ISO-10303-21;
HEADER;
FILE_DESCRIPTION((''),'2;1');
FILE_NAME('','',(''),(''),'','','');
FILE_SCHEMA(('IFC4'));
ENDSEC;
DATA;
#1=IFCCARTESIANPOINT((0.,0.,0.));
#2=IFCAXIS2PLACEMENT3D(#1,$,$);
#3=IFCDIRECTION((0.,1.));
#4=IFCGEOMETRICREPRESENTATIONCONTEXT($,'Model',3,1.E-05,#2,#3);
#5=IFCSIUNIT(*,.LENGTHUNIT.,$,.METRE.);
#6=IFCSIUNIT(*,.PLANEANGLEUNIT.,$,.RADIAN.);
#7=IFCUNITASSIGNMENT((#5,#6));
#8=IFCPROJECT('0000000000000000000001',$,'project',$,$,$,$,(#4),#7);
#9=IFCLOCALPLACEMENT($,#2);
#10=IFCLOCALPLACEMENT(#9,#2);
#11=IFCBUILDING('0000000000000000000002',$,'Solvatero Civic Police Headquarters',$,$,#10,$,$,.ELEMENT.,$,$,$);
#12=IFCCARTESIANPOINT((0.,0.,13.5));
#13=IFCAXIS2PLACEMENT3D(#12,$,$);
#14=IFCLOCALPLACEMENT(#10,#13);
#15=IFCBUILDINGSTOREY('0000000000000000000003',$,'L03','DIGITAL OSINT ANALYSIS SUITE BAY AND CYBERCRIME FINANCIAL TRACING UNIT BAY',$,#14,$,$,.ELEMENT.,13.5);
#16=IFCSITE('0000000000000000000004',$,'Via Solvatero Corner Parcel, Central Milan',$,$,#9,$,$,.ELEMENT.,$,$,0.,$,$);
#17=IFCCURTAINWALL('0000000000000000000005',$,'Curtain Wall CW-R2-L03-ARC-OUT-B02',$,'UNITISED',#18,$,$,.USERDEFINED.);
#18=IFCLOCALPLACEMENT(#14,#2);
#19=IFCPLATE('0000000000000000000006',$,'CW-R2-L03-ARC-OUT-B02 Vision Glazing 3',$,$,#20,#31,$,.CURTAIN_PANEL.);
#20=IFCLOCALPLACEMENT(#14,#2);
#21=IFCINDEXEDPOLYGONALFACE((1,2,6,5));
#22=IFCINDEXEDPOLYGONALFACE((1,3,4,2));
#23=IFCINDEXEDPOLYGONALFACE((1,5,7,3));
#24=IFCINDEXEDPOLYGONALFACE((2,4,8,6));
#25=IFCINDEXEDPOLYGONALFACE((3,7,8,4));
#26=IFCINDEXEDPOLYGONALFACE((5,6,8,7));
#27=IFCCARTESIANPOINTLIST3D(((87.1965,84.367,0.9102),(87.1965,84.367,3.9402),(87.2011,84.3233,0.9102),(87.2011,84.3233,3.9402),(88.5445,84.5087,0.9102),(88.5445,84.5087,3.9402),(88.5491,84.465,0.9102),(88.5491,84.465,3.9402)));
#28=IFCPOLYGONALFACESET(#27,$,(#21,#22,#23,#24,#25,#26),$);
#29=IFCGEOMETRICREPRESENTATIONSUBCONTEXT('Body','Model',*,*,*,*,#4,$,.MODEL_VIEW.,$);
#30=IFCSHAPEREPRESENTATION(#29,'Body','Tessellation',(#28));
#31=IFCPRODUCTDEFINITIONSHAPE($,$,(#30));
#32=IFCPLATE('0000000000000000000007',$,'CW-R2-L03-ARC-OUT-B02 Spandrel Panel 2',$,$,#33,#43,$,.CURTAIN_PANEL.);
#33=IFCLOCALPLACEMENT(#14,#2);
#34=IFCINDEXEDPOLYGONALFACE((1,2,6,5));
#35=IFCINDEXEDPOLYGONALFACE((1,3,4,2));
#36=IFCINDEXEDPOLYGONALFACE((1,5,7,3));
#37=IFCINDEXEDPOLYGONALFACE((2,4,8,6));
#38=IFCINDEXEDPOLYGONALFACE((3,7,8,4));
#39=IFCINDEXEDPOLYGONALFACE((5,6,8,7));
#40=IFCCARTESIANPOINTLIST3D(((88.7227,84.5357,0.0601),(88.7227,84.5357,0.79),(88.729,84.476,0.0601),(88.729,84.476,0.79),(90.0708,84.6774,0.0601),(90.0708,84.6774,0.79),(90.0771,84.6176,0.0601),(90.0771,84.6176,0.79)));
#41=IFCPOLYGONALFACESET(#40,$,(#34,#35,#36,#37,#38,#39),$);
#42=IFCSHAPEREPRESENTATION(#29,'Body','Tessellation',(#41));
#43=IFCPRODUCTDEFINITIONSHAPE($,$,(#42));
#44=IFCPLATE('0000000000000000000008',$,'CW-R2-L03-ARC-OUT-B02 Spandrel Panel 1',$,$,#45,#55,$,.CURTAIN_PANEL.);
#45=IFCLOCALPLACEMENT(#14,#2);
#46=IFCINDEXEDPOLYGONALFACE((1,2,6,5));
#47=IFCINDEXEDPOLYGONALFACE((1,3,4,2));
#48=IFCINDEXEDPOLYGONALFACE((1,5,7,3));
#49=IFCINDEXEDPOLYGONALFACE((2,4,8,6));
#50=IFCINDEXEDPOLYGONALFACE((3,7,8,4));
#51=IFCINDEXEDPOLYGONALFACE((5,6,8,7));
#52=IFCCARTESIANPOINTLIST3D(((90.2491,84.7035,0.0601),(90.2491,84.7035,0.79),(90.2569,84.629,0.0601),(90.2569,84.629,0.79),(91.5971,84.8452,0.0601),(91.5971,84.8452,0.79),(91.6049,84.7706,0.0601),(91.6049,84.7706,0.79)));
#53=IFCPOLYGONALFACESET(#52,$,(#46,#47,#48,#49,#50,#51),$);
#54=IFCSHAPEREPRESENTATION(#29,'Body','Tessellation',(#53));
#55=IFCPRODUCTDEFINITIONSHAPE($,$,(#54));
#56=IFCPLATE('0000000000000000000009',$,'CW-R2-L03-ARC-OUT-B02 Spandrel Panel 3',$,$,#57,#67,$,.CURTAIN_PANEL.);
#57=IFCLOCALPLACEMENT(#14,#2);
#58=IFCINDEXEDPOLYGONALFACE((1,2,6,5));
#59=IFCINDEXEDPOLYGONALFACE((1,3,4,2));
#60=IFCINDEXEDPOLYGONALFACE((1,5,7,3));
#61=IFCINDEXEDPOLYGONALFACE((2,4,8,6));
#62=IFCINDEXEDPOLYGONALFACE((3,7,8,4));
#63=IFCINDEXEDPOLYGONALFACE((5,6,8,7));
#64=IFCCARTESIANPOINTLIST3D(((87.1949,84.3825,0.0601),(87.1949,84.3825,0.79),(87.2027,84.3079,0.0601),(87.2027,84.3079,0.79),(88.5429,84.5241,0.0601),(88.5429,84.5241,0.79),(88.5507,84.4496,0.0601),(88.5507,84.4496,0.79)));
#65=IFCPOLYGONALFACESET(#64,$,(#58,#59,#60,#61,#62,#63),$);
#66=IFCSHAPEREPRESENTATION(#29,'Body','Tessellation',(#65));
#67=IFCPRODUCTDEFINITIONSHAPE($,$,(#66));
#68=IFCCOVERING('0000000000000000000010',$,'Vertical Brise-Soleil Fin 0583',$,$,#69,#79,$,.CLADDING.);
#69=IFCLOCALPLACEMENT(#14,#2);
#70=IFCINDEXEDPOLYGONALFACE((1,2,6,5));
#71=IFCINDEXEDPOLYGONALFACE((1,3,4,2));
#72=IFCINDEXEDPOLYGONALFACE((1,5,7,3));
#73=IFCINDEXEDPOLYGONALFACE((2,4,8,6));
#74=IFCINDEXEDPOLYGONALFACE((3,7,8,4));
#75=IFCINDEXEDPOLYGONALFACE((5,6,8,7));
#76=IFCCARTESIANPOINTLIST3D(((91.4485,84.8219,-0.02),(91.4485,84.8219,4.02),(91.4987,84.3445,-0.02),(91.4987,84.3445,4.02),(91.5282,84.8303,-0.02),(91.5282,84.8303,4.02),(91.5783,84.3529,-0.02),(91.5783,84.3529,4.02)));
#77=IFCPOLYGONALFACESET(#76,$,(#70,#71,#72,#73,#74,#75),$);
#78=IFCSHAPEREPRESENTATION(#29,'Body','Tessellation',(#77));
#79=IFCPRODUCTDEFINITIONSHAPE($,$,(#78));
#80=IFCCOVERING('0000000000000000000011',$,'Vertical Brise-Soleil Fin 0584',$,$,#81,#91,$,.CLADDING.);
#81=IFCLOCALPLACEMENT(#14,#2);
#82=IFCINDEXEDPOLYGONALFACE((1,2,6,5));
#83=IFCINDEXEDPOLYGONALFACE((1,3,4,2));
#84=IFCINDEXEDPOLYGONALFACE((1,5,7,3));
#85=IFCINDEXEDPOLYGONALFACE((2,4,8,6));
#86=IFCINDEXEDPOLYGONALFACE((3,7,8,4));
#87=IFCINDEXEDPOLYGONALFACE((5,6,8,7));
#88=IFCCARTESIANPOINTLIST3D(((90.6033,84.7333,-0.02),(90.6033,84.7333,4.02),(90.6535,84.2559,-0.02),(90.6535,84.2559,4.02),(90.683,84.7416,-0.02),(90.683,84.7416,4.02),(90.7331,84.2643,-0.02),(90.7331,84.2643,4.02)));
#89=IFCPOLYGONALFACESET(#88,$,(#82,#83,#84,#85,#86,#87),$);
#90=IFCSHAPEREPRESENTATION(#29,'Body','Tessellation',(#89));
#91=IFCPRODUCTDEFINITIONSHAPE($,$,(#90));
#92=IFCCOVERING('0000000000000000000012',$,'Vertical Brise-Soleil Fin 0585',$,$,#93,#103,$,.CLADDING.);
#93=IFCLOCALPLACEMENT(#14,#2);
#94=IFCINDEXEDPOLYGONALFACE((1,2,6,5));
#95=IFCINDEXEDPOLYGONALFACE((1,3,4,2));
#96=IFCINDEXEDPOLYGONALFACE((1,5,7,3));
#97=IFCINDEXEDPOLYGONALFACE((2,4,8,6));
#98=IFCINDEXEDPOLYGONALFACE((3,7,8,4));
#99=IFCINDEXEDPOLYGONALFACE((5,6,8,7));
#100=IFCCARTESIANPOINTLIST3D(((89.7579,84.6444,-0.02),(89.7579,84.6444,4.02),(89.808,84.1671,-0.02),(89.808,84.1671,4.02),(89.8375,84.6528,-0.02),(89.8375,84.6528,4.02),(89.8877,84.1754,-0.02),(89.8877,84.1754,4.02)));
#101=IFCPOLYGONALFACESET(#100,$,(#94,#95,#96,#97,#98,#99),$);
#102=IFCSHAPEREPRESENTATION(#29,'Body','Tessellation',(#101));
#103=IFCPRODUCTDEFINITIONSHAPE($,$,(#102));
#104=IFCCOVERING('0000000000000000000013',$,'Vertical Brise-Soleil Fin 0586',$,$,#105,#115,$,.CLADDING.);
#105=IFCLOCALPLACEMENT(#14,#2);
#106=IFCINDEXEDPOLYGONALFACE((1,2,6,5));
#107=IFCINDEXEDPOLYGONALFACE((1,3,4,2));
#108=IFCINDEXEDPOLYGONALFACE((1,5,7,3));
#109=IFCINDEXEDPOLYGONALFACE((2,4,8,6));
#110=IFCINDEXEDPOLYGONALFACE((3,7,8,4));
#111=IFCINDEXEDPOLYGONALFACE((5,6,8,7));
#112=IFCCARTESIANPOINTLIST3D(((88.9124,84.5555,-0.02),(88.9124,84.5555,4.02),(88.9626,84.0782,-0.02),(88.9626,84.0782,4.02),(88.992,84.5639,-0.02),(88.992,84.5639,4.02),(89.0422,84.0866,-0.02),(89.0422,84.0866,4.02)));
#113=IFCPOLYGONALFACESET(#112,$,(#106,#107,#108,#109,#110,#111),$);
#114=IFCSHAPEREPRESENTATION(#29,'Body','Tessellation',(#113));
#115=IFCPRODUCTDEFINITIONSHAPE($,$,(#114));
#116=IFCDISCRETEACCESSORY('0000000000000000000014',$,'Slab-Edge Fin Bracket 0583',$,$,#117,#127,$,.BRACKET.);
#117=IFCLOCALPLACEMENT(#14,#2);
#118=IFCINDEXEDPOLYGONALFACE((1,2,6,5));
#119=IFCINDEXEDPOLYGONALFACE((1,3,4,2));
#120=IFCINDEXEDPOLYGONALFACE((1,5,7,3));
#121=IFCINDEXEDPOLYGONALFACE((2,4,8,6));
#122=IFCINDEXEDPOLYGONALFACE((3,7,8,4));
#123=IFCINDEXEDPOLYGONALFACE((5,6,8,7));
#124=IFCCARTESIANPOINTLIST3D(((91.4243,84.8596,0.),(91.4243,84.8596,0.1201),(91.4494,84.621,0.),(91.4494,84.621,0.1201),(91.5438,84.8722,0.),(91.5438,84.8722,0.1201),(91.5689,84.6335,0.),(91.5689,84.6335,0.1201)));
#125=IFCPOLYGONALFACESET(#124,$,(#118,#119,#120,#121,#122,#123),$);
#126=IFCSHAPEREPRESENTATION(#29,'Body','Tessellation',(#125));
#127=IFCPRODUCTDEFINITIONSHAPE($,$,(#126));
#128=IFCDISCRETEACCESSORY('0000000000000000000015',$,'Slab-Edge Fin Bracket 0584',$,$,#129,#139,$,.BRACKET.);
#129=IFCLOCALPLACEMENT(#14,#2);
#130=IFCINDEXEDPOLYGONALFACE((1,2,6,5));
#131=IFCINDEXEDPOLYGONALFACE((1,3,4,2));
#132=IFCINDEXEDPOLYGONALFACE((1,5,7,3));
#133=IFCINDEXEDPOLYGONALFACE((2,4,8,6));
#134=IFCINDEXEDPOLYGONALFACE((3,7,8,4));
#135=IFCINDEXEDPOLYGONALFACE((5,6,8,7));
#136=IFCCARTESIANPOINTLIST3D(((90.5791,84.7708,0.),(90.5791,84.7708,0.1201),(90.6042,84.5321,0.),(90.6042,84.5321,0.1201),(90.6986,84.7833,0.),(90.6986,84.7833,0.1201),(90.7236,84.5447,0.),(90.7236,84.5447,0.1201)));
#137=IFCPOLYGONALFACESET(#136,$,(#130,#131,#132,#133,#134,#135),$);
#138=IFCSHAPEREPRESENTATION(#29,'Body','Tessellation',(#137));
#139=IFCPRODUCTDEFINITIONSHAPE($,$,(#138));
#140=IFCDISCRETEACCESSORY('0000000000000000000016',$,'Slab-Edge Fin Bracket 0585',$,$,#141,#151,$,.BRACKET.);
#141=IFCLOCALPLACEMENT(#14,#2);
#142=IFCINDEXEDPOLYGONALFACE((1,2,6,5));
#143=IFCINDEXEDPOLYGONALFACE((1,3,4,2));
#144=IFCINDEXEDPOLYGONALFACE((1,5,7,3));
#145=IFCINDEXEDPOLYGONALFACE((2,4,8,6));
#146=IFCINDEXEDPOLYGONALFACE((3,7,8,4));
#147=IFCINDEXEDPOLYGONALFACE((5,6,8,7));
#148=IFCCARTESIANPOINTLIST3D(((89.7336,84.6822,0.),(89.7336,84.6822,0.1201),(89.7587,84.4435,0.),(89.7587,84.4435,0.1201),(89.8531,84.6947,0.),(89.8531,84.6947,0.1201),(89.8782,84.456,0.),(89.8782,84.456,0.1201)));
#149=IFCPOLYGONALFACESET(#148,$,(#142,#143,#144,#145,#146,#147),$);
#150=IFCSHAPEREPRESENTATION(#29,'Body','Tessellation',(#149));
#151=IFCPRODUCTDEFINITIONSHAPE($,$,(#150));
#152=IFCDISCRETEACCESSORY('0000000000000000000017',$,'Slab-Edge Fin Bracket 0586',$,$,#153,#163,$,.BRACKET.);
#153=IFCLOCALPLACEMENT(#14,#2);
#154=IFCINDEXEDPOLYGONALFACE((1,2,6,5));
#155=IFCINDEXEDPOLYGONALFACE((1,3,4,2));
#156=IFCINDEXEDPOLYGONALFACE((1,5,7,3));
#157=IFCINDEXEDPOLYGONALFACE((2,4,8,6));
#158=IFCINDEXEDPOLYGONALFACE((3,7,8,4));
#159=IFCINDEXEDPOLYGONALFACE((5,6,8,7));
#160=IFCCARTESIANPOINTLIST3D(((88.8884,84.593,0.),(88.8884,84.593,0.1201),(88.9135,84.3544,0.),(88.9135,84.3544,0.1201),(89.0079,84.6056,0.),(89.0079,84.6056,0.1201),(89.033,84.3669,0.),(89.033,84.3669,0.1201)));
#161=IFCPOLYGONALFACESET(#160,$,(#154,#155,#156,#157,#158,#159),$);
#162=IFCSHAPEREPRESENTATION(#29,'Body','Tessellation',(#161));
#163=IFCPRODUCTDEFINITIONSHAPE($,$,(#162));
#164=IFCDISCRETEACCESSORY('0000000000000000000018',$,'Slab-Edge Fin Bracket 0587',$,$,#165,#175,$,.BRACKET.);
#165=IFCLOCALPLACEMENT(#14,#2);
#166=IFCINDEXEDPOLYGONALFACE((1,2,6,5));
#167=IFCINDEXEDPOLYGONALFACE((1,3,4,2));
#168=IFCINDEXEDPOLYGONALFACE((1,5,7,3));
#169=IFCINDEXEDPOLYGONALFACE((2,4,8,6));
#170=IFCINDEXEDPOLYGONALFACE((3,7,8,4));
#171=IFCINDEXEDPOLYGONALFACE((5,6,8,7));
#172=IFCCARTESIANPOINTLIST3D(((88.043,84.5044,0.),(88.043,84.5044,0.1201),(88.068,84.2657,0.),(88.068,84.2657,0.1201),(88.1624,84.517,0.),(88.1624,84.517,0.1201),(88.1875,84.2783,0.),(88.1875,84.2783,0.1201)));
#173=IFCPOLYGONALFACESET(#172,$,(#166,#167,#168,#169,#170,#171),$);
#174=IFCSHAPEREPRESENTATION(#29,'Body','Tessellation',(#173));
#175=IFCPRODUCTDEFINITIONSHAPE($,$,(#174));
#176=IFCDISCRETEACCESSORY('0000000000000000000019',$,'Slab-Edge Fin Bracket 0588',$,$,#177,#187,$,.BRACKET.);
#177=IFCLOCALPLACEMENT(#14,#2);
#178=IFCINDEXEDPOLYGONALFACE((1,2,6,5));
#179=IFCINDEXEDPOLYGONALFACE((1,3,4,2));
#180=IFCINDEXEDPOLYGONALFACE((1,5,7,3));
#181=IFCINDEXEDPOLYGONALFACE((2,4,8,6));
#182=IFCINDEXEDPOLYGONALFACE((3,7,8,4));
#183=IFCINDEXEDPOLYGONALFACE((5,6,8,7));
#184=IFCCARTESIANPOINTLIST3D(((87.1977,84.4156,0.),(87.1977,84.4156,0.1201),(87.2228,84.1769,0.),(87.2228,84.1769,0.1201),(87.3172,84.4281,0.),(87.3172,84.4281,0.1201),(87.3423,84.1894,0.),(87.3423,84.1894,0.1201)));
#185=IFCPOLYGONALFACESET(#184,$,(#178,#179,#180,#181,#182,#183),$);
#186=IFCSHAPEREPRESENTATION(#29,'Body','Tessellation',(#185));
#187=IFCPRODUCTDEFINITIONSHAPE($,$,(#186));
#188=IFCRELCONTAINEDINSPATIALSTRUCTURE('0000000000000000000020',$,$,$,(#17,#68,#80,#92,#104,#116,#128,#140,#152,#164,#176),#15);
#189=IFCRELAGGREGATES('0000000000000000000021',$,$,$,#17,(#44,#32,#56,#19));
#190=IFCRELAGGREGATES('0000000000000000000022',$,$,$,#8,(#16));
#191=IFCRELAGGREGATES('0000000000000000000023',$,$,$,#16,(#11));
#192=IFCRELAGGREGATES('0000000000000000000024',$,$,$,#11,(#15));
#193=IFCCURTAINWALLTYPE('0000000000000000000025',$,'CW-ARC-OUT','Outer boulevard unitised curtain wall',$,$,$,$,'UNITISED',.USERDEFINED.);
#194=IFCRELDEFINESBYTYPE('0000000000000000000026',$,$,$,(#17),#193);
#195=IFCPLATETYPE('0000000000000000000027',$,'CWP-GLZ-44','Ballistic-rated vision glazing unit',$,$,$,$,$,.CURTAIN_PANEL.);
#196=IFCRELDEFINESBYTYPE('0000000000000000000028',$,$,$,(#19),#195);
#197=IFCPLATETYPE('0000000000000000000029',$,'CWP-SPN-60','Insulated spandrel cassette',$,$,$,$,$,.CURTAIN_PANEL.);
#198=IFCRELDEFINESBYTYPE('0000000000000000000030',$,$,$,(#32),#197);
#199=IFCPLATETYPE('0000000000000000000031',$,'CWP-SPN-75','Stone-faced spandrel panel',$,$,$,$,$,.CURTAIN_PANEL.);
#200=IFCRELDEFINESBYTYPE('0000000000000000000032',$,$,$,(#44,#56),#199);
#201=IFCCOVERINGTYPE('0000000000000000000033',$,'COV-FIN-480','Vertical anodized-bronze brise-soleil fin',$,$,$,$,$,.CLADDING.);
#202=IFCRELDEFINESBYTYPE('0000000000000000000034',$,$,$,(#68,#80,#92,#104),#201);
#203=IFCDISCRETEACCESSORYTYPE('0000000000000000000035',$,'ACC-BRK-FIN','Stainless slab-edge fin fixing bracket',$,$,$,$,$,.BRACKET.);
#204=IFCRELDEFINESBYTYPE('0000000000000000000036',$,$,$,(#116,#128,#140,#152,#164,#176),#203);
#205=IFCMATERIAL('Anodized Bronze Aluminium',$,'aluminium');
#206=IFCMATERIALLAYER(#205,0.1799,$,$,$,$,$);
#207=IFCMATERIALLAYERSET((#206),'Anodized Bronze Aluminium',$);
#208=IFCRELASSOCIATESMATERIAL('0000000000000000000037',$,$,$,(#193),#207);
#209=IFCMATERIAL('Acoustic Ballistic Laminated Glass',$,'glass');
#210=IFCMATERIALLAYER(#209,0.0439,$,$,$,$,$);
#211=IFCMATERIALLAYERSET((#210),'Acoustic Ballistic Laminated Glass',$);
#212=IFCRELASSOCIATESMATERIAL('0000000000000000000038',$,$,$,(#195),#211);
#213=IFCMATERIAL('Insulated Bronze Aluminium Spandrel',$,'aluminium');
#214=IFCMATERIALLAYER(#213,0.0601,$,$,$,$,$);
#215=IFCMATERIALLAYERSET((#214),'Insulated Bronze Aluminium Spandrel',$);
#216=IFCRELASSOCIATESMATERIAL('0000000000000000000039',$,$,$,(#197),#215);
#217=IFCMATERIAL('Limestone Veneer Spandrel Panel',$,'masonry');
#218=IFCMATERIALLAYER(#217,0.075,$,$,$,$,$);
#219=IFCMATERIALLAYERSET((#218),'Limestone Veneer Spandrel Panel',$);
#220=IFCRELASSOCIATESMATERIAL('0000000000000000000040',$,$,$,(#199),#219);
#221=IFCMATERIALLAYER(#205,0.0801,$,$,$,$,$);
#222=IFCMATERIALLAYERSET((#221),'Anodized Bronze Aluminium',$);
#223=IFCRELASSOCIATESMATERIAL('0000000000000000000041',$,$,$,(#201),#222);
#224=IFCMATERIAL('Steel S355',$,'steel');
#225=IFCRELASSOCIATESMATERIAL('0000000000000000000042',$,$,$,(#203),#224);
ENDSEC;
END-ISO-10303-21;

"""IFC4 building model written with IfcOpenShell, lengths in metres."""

from ifc_helpers import new_model, si_unit, direction, frame, origin, origin_2d, place, context, subcontext, project, spatial, rectangle, extrude, material, layer, layer_set, type_object, element, aggregate, save


model = new_model("IFC4")

# Units and contexts
model_context = context("Model", 3, precision=1e-05, world=origin(), true_north=direction((0.0, 1.0)))
body_context = subcontext(model_context, "Body", "Model", "MODEL_VIEW")
ifc_project = project(units=[si_unit("LENGTHUNIT", "METRE"), si_unit("PLANEANGLEUNIT", "RADIAN")], contexts=[model_context])

# Site, building, storey
site_placement = place(None, origin())
site = spatial("IfcSite", under=ifc_project, at=site_placement, Name="Via Solvatero Corner Parcel, Central Milan", CompositionType="ELEMENT", RefElevation=0.0)
building_placement = place(site_placement, origin())
building = spatial("IfcBuilding", under=site, at=building_placement, Name="Solvatero Civic Police Headquarters", CompositionType="ELEMENT")
storey_placement = place(building_placement, frame((0.0, 0.0, 13.5)))
storey = spatial("IfcBuildingStorey", under=building, at=storey_placement, Name="L03", Description="DIGITAL OSINT ANALYSIS SUITE BAY AND CYBERCRIME FINANCIAL TRACING UNIT BAY", CompositionType="ELEMENT", Elevation=13.5)

# Shared definitions
ifc_material_1 = material(Name="Steel S355", Category="steel")

# Curtain wall, plates
ifc_material_2 = material(Name="Anodized Bronze Aluminium", Category="aluminium")
ifc_layer_1 = layer(ifc_material_2, 0.1799)
ifc_layer_set_1 = layer_set([ifc_layer_1], Name="Anodized Bronze Aluminium")
curtain_wall_type = type_object("IfcCurtainWallType", Name="CW-ARC-OUT", Description="Outer boulevard unitised curtain wall", ElementType="UNITISED", PredefinedType="USERDEFINED", material=ifc_layer_set_1)
curtain_wall_placement = place(storey_placement, origin())
curtain_wall = element("IfcCurtainWall", 1, at=curtain_wall_placement, inside=storey, type_object=curtain_wall_type, Name="Curtain Wall CW-R2-L03-ARC-OUT-B02", ObjectType="UNITISED", PredefinedType="USERDEFINED")
ifc_material_3 = material(Name="Acoustic Ballistic Laminated Glass", Category="glass")
ifc_layer_2 = layer(ifc_material_3, 0.0439)
ifc_layer_set_2 = layer_set([ifc_layer_2], Name="Acoustic Ballistic Laminated Glass")
plate_type_1 = type_object("IfcPlateType", Name="CWP-GLZ-44", Description="Ballistic-rated vision glazing unit", PredefinedType="CURTAIN_PANEL", material=ifc_layer_set_2)
plate_1_placement = place(storey_placement, frame((87.8728, 84.416, 0.9102), z_axis=(0.0, 0.0, 1.0), x_axis=(-0.994524, -0.104511, 0.0)))
plate_1 = element("IfcPlate", 2, at=plate_1_placement, type_object=plate_type_1, Name="CW-R2-L03-ARC-OUT-B02 Vision Glazing 3", PredefinedType="CURTAIN_PANEL", context=body_context, shape_type="SweptSolid", body=[
    extrude(rectangle(XDim=1.3555, YDim=0.0439, at=origin_2d()), origin(), (0.0, 0.0, 1.0), 3.03),
])
ifc_material_4 = material(Name="Insulated Bronze Aluminium Spandrel", Category="aluminium")
ifc_layer_3 = layer(ifc_material_4, 0.0601)
ifc_layer_set_3 = layer_set([ifc_layer_3], Name="Insulated Bronze Aluminium Spandrel")
plate_type_2 = type_object("IfcPlateType", Name="CWP-SPN-60", Description="Insulated spandrel cassette", PredefinedType="CURTAIN_PANEL", material=ifc_layer_set_3)
plate_2_placement = place(storey_placement, frame((89.3999, 84.5767, 0.0601), z_axis=(0.0, 0.0, 1.0), x_axis=(-0.994524, -0.104511, 0.0)))
plate_2 = element("IfcPlate", 3, at=plate_2_placement, type_object=plate_type_2, Name="CW-R2-L03-ARC-OUT-B02 Spandrel Panel 2", PredefinedType="CURTAIN_PANEL", context=body_context, shape_type="SweptSolid", body=[
    extrude(rectangle(XDim=1.3555, YDim=0.0601, at=origin_2d()), origin(), (0.0, 0.0, 1.0), 0.73),
])
ifc_material_5 = material(Name="Limestone Veneer Spandrel Panel", Category="masonry")
ifc_layer_4 = layer(ifc_material_5, 0.075)
ifc_layer_set_4 = layer_set([ifc_layer_4], Name="Limestone Veneer Spandrel Panel")
plate_type_3 = type_object("IfcPlateType", Name="CWP-SPN-75", Description="Stone-faced spandrel panel", PredefinedType="CURTAIN_PANEL", material=ifc_layer_set_4)
plate_3_placement = place(storey_placement, frame((90.927, 84.7371, 0.0601), z_axis=(0.0, 0.0, 1.0), x_axis=(-0.994524, -0.104511, 0.0)))
plate_3 = element("IfcPlate", 4, at=plate_3_placement, type_object=plate_type_3, Name="CW-R2-L03-ARC-OUT-B02 Spandrel Panel 1", PredefinedType="CURTAIN_PANEL", context=body_context, shape_type="SweptSolid", body=[
    extrude(rectangle(XDim=1.3555, YDim=0.075, at=origin_2d()), origin(), (0.0, 0.0, 1.0), 0.73),
])
plate_4_placement = place(storey_placement, frame((87.8728, 84.416, 0.0601), z_axis=(0.0, 0.0, 1.0), x_axis=(-0.994524, -0.104511, 0.0)))
plate_4 = element("IfcPlate", 5, at=plate_4_placement, type_object=plate_type_3, Name="CW-R2-L03-ARC-OUT-B02 Spandrel Panel 3", PredefinedType="CURTAIN_PANEL", context=body_context, shape_type="SweptSolid", body=[
    extrude(rectangle(XDim=1.3555, YDim=0.075, at=origin_2d()), origin(), (0.0, 0.0, 1.0), 0.73),
])
aggregate(curtain_wall, [plate_3, plate_2, plate_4, plate_1])

# Coverings
ifc_layer_5 = layer(ifc_material_2, 0.0801)
ifc_layer_set_5 = layer_set([ifc_layer_5], Name="Anodized Bronze Aluminium")
covering_type = type_object("IfcCoveringType", Name="COV-FIN-480", Description="Vertical anodized-bronze brise-soleil fin", PredefinedType="CLADDING", material=ifc_layer_set_5)
for number, where, z_axis, x_axis, name in (
    (6, (91.5134, 84.5874, -0.02), (0.0, 0.0, 1.0), (-0.994524, -0.104511, 0.0), "Vertical Brise-Soleil Fin 0583"),
    (7, (90.6682, 84.4988, -0.02), (0.0, 0.0, 1.0), (-0.994524, -0.104511, 0.0), "Vertical Brise-Soleil Fin 0584"),
    (8, (89.8228, 84.4099, -0.02), (0.0, 0.0, 1.0), (-0.994524, -0.104511, 0.0), "Vertical Brise-Soleil Fin 0585"),
    (9, (88.9773, 84.321, -0.02), (0.0, 0.0, 1.0), (-0.994524, -0.104511, 0.0), "Vertical Brise-Soleil Fin 0586"),
):
    element("IfcCovering", number, at=place(storey_placement, frame(where, z_axis=z_axis, x_axis=x_axis)), inside=storey, type_object=covering_type, Name=name, PredefinedType="CLADDING", context=body_context, shape_type="SweptSolid", body=[
        extrude(rectangle(XDim=0.0801, YDim=0.48, at=origin_2d()), origin(), (0.0, 0.0, 1.0), 4.04),
    ])

# Discrete accessories
discrete_accessory_type = type_object("IfcDiscreteAccessoryType", Name="ACC-BRK-FIN", Description="Stainless slab-edge fin fixing bracket", PredefinedType="BRACKET", material=ifc_material_1)
for number, where, z_axis, x_axis, name in (
    (10, (91.4966, 84.7466, 0.0), (0.0, 0.0, 1.0), (-0.994524, -0.104511, 0.0), "Slab-Edge Fin Bracket 0583"),
    (11, (90.6514, 84.6577, 0.0), (0.0, 0.0, 1.0), (-0.994524, -0.104511, 0.0), "Slab-Edge Fin Bracket 0584"),
    (12, (89.8059, 84.5691, 0.0), (0.0, 0.0, 1.0), (-0.994524, -0.104511, 0.0), "Slab-Edge Fin Bracket 0585"),
    (13, (88.9607, 84.48, 0.0), (0.0, 0.0, 1.0), (-0.994524, -0.104511, 0.0), "Slab-Edge Fin Bracket 0586"),
    (14, (88.1152, 84.3914, 0.0), (0.0, 0.0, 1.0), (-0.994524, -0.104511, 0.0), "Slab-Edge Fin Bracket 0587"),
    (15, (87.27, 84.3025, 0.0), (0.0, 0.0, 1.0), (-0.994524, -0.104511, 0.0), "Slab-Edge Fin Bracket 0588"),
):
    element("IfcDiscreteAccessory", number, at=place(storey_placement, frame(where, z_axis=z_axis, x_axis=x_axis)), inside=storey, type_object=discrete_accessory_type, Name=name, PredefinedType="BRACKET", context=body_context, shape_type="SweptSolid", body=[
        extrude(rectangle(XDim=0.1201, YDim=0.24, at=origin_2d()), origin(), (0.0, 0.0, 1.0), 0.1201),
    ])

save(model, "model.ifc")
